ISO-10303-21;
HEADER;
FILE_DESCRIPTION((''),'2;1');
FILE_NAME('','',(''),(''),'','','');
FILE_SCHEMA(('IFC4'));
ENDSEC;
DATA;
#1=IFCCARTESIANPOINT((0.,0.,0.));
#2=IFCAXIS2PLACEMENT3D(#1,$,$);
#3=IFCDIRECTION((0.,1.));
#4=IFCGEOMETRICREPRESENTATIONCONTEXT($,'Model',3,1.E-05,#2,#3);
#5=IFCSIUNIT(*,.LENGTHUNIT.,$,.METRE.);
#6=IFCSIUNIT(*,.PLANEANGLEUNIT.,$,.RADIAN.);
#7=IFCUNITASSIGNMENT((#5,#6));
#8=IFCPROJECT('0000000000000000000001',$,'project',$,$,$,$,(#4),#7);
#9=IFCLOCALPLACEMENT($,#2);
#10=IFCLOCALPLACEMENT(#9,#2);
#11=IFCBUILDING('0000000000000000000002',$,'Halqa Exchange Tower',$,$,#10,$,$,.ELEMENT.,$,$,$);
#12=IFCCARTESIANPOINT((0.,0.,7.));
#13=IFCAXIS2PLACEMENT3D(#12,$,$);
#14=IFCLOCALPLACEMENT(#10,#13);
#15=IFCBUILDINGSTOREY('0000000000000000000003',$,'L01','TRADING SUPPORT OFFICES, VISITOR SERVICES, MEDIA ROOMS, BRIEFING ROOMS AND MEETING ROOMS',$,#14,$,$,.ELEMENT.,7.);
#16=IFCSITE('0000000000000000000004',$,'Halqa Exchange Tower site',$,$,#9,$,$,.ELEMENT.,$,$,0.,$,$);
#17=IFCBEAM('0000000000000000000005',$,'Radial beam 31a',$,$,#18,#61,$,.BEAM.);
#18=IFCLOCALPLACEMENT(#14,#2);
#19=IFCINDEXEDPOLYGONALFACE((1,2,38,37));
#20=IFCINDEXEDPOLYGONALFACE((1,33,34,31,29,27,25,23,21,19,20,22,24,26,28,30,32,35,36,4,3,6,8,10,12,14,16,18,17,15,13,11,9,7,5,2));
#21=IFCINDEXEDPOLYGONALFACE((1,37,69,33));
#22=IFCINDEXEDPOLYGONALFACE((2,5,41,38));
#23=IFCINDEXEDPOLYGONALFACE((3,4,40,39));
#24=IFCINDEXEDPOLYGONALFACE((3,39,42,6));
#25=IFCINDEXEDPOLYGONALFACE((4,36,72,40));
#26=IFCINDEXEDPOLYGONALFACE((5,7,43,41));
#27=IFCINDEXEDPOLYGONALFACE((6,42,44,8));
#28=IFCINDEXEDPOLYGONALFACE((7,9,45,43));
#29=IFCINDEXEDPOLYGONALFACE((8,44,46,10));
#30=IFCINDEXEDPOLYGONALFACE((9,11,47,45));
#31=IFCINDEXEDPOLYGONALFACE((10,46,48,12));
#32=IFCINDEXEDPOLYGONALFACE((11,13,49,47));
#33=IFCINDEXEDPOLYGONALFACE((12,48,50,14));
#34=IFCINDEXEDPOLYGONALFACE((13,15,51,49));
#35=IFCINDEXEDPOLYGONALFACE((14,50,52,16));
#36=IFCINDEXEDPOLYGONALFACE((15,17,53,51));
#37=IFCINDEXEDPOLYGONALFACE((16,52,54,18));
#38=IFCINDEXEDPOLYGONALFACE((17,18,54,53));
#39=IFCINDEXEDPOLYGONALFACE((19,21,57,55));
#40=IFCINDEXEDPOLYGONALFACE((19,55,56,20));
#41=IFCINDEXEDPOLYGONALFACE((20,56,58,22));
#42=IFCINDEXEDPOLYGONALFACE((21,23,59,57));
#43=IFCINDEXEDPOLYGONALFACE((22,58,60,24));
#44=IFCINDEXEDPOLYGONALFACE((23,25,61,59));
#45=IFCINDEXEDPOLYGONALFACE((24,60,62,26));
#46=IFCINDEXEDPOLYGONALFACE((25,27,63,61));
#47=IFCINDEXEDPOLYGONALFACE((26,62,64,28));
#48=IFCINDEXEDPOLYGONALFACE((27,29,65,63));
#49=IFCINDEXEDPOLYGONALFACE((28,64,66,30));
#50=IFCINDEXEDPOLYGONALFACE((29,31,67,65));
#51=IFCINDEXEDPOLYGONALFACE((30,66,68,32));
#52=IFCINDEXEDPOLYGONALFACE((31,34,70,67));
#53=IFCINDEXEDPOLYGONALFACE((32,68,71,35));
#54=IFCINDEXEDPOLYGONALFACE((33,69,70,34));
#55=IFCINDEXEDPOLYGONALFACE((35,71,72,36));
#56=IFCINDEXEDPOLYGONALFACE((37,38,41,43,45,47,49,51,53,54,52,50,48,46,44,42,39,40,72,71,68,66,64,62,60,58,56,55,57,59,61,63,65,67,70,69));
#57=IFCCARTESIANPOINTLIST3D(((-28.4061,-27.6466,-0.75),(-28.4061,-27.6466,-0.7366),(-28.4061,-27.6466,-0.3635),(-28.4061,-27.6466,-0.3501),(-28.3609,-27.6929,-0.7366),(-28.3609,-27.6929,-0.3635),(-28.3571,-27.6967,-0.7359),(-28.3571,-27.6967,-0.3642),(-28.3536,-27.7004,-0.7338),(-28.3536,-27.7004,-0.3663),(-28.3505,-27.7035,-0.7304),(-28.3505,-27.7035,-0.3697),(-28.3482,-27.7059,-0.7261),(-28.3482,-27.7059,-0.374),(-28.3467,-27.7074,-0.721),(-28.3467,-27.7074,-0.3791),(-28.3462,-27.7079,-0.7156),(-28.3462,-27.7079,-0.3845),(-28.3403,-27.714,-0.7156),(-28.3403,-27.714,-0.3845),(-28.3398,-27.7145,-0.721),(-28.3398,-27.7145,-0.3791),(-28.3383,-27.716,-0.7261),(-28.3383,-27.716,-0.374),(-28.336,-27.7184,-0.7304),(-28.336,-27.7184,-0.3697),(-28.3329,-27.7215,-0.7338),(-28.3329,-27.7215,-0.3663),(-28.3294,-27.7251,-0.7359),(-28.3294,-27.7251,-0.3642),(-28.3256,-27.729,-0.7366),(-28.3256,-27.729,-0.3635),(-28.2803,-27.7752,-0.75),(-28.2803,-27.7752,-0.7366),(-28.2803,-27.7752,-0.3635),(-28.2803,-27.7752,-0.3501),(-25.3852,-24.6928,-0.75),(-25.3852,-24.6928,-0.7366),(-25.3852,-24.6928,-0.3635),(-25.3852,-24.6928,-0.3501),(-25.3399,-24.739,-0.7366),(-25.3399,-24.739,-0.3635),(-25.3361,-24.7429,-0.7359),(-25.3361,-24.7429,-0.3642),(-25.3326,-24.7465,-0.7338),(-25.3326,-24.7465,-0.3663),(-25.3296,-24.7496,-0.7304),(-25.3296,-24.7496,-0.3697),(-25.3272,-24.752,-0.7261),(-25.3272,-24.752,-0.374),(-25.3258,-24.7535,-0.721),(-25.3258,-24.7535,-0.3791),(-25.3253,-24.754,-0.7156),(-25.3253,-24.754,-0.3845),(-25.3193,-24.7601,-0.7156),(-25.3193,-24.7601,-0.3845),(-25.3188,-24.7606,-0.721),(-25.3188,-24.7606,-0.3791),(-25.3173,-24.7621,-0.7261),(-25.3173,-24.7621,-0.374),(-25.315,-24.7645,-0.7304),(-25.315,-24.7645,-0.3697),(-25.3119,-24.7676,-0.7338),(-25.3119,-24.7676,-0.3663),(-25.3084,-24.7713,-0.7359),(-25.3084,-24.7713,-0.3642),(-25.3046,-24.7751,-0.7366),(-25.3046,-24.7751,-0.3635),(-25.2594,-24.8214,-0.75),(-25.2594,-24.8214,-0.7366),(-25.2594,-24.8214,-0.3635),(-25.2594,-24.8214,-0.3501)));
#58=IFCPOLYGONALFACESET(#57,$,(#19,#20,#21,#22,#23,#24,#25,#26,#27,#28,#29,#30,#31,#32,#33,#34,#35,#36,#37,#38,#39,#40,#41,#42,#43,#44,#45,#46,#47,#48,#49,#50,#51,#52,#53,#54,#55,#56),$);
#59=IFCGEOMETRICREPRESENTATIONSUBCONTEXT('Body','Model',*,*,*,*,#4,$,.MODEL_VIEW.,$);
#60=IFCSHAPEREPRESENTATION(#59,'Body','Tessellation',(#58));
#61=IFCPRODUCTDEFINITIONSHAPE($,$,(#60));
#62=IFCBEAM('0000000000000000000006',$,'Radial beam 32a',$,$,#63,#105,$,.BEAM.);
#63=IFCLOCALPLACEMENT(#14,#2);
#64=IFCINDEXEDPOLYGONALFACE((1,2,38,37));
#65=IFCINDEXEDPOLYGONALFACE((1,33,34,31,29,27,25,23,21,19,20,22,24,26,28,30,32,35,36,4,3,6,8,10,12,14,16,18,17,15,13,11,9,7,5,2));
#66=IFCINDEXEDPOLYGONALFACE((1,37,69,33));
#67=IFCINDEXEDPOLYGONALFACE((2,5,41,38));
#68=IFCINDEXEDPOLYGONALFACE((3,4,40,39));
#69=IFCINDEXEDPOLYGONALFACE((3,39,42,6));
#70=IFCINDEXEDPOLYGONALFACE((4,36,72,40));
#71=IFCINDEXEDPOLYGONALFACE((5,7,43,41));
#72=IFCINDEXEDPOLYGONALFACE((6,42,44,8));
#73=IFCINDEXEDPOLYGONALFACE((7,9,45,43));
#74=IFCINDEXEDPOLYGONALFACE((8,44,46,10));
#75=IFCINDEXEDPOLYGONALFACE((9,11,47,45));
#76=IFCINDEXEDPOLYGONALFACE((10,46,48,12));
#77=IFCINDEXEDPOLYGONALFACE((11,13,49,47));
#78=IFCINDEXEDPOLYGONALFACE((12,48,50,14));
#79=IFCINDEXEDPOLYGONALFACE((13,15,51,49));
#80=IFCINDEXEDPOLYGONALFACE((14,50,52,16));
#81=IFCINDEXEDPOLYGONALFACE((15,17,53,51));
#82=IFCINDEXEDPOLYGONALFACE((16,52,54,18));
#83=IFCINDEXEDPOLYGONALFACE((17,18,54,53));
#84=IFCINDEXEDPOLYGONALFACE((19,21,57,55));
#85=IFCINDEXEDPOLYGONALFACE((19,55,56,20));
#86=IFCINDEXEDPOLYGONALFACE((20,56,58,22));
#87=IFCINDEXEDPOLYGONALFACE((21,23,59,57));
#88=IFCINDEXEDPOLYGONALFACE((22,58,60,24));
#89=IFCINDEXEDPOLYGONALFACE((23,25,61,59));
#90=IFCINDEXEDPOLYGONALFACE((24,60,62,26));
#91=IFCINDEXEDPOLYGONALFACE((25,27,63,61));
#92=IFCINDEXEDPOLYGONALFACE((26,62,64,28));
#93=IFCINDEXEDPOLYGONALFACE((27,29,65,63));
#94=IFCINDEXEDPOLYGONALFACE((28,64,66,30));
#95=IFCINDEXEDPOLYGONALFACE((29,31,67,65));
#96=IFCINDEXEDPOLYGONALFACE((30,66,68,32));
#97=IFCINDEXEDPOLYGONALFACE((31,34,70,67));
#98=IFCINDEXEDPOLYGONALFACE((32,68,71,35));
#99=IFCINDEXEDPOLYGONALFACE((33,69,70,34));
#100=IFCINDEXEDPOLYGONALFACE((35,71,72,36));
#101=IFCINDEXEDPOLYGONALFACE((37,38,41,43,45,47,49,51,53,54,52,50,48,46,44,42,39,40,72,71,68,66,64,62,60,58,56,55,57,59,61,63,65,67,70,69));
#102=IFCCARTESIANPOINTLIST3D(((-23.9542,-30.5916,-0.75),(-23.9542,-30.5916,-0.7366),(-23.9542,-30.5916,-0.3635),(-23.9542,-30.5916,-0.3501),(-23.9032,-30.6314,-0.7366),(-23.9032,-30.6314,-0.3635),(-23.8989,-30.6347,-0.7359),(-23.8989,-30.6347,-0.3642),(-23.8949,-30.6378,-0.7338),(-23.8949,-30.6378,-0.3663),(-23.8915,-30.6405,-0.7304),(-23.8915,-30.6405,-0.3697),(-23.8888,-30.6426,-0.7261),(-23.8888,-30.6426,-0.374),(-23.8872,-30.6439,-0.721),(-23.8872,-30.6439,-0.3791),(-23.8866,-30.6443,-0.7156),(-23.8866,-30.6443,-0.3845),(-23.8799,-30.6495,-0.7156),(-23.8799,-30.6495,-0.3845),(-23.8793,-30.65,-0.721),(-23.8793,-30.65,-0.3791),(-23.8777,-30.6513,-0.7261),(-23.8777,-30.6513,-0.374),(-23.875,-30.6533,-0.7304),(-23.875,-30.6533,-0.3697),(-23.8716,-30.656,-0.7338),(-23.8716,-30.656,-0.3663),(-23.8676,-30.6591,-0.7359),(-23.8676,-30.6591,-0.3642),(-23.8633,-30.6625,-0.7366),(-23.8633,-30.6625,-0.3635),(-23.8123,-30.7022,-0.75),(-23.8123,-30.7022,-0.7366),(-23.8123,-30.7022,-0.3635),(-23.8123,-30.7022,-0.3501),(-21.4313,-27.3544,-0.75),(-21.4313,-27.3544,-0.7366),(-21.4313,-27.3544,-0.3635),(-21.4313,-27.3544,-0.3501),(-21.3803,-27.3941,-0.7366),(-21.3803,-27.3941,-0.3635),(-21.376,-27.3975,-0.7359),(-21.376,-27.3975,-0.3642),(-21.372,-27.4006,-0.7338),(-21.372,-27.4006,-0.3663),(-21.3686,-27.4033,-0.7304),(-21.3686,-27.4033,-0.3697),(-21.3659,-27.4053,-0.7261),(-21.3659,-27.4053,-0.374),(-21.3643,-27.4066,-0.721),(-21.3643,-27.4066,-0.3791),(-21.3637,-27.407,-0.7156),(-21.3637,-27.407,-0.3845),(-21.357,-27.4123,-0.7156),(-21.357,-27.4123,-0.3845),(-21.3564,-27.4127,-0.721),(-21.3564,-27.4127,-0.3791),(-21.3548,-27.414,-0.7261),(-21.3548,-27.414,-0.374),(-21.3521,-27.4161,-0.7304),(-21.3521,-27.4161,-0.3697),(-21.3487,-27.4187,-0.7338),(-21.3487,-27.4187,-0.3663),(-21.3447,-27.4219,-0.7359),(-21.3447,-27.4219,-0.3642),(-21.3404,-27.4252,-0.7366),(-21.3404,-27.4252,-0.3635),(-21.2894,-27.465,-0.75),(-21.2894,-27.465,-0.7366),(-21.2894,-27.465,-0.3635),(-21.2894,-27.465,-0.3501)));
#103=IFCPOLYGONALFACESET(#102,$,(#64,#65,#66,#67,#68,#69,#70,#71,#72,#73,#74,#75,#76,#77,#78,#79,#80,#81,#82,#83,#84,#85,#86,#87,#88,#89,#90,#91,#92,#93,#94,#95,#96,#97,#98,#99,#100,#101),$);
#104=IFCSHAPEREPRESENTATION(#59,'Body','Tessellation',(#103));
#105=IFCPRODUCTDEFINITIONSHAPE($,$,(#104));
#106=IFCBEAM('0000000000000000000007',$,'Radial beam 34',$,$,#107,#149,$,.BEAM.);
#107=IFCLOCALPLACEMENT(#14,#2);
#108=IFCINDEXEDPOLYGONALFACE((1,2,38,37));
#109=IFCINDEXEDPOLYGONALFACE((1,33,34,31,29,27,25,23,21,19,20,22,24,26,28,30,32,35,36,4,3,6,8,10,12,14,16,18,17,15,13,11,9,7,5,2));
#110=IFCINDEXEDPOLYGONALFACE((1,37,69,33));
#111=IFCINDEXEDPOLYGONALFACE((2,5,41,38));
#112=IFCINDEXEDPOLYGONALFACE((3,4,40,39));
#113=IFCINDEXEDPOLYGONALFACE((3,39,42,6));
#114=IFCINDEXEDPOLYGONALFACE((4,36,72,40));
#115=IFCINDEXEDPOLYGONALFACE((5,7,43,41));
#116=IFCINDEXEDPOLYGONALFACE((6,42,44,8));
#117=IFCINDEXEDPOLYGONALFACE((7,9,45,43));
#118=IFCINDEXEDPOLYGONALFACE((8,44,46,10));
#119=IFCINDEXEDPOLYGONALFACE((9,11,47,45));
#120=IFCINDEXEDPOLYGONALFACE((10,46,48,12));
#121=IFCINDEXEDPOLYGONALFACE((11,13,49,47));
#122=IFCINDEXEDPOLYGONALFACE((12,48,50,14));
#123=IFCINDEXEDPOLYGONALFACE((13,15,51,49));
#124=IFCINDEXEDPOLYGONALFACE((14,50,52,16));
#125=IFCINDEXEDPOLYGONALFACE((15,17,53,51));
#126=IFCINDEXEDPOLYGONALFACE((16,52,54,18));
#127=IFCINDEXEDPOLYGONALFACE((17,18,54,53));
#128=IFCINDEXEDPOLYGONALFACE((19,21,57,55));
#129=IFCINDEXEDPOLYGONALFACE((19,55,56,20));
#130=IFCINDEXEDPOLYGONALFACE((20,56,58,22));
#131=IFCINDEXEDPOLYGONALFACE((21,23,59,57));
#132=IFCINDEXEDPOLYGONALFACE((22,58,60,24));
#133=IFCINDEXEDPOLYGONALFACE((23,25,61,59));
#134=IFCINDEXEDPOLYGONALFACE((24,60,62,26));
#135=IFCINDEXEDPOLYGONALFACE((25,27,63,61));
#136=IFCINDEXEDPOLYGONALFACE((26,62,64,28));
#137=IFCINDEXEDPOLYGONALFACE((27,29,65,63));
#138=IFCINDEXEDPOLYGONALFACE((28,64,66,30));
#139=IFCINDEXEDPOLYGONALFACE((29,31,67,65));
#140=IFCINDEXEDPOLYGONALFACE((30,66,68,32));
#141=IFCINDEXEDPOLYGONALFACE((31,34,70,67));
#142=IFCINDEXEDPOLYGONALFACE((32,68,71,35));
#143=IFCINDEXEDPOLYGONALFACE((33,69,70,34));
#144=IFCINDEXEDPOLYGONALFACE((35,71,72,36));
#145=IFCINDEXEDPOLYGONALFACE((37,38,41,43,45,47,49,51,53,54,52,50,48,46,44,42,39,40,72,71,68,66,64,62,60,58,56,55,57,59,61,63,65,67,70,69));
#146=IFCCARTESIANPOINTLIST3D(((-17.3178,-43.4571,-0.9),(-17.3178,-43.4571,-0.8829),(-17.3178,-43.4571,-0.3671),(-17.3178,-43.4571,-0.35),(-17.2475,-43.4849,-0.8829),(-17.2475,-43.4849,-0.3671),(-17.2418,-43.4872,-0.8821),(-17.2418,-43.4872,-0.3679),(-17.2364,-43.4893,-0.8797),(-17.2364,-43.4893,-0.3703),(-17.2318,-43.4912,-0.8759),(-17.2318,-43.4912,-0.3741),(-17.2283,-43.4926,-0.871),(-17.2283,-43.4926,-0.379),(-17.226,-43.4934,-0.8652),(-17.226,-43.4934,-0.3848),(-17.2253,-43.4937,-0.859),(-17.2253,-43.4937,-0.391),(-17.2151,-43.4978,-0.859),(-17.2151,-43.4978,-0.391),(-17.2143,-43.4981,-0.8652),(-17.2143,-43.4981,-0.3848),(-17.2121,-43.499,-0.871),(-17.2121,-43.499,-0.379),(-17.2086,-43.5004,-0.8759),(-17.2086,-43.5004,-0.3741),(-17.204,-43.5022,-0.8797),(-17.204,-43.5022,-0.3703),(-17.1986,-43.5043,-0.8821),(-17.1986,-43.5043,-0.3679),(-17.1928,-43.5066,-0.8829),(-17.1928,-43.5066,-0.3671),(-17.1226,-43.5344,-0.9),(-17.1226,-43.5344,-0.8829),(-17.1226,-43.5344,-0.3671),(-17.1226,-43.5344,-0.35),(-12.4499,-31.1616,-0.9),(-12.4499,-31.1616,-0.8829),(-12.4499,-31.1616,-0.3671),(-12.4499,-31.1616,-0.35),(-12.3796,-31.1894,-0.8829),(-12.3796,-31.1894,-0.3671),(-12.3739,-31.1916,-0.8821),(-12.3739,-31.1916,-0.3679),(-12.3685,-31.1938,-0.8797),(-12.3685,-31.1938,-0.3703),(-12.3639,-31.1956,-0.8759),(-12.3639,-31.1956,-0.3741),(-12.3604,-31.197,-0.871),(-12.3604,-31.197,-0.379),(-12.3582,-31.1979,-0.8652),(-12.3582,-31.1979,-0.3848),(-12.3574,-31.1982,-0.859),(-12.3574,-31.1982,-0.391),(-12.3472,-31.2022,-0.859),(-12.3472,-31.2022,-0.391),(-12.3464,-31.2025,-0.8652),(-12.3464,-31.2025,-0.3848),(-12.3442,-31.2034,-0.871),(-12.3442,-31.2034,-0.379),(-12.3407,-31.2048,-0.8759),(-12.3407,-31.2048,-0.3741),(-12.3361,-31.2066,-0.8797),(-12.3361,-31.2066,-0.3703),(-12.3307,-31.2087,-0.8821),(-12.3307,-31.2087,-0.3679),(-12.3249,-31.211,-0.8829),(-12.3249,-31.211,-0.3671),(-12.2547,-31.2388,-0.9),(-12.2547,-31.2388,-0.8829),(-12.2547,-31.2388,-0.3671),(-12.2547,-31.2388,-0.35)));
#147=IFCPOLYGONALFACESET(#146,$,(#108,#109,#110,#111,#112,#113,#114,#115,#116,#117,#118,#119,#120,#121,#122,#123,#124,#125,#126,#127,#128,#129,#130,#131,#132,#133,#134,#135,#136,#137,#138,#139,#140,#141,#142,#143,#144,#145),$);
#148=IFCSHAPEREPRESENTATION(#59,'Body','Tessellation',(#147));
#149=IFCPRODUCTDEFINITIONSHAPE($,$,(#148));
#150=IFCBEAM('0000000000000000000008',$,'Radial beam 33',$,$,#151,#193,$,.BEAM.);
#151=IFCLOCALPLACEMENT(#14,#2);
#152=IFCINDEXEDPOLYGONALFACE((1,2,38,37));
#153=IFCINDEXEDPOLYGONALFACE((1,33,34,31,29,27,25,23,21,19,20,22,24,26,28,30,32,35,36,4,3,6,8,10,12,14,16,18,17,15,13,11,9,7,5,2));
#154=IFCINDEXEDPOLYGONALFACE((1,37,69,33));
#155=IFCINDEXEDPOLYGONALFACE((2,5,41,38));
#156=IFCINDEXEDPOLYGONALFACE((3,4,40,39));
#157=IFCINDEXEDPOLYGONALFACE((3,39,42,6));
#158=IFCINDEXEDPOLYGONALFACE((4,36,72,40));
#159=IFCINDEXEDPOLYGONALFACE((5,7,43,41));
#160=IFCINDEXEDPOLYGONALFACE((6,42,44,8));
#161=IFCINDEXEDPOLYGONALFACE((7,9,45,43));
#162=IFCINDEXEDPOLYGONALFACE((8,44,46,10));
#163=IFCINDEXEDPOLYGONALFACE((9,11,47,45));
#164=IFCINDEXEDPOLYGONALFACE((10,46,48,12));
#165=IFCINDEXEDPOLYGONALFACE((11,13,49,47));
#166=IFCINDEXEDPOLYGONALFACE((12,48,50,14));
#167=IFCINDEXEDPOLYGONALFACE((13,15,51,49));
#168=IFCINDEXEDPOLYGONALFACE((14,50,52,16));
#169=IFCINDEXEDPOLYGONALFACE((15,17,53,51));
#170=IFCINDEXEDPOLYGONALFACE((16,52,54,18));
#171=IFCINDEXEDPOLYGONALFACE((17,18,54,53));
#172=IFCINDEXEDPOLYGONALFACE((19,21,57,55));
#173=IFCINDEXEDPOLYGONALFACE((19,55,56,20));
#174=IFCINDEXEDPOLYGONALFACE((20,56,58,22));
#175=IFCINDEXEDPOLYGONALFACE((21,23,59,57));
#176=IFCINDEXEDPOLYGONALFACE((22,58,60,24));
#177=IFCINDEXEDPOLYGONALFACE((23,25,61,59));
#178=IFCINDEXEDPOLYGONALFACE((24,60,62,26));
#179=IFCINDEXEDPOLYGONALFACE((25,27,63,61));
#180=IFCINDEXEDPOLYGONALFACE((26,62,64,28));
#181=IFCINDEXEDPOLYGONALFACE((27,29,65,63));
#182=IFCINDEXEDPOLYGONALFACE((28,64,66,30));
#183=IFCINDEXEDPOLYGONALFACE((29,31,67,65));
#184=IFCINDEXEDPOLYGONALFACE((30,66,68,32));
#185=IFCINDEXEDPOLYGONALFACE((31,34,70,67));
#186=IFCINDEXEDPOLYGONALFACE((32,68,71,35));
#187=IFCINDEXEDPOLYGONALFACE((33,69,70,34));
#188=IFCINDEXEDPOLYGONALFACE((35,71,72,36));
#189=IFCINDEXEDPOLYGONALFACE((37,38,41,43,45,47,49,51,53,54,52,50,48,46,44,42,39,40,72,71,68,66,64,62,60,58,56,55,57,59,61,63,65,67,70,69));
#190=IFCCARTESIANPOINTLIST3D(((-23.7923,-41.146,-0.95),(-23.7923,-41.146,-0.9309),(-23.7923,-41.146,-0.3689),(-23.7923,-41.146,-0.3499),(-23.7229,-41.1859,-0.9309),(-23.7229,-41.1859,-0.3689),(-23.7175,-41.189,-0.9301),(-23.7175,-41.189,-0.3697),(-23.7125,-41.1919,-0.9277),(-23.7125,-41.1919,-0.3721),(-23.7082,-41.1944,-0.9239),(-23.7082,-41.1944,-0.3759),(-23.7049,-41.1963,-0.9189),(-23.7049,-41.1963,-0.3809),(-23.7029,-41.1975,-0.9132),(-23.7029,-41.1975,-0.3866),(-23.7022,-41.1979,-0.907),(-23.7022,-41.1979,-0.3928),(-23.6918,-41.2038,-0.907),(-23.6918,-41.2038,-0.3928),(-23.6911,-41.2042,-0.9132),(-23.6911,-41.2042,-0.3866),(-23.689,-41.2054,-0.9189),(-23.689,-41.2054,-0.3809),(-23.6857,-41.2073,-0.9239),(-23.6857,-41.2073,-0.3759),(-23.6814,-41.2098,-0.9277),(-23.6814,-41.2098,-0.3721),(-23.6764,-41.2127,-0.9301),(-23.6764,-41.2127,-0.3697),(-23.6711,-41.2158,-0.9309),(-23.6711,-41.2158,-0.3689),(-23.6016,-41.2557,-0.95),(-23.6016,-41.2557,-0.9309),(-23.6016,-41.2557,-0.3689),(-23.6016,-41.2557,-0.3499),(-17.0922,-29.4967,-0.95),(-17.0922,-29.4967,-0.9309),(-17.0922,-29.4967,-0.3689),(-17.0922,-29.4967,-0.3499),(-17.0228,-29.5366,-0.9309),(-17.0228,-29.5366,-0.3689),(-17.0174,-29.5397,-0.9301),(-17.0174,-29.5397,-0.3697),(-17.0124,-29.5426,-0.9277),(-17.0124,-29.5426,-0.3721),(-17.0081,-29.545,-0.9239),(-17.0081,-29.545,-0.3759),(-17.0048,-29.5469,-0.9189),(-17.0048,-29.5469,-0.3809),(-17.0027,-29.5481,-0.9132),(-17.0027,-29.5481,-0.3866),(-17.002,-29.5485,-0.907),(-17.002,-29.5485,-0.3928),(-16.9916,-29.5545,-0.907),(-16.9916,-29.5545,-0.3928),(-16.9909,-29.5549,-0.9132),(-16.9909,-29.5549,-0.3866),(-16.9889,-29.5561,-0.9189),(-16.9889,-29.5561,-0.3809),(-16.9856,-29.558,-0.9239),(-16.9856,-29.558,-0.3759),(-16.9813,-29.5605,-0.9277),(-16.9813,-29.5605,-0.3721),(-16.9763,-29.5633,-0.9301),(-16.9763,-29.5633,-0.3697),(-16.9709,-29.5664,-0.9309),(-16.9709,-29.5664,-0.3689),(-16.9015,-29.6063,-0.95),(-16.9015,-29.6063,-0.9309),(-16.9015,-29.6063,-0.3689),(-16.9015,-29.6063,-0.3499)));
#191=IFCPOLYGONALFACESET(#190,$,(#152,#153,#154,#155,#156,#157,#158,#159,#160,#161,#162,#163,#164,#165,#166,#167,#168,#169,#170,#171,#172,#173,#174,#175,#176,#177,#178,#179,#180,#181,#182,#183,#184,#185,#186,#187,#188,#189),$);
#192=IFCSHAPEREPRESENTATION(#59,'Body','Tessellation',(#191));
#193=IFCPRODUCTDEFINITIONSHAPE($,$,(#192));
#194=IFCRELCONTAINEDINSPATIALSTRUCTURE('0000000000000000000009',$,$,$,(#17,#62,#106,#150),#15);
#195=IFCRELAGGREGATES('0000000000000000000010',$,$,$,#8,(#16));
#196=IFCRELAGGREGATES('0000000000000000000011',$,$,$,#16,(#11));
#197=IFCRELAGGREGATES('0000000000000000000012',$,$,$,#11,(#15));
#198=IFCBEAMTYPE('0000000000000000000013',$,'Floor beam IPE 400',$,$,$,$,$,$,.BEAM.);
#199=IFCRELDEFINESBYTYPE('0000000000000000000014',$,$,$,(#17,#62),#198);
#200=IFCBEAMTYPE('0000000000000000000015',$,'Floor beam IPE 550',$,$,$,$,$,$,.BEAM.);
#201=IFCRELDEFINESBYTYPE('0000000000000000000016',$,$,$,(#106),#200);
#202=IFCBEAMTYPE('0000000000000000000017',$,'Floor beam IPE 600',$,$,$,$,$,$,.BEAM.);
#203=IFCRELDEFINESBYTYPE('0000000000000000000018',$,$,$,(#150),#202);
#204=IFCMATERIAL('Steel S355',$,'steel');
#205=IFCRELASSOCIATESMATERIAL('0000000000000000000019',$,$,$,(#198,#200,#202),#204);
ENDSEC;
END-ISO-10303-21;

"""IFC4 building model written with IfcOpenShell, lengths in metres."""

from ifc_helpers import new_model, si_unit, direction, frame, origin, origin_2d, place, context, subcontext, project, spatial, i_section, extrude, material, material_profile, profile_set, type_object, element, save


model = new_model("IFC4")

# Units and contexts
model_context = context("Model", 3, precision=1e-05, world=origin(), true_north=direction((0.0, 1.0)))
body_context = subcontext(model_context, "Body", "Model", "MODEL_VIEW")
ifc_project = project(units=[si_unit("LENGTHUNIT", "METRE"), si_unit("PLANEANGLEUNIT", "RADIAN")], contexts=[model_context])

# Site, building, storey
site_placement = place(None, origin())
site = spatial("IfcSite", under=ifc_project, at=site_placement, Name="Halqa Exchange Tower site", CompositionType="ELEMENT", RefElevation=0.0)
building_placement = place(site_placement, origin())
building = spatial("IfcBuilding", under=site, at=building_placement, Name="Halqa Exchange Tower", CompositionType="ELEMENT")
storey_placement = place(building_placement, frame((0.0, 0.0, 7.0)))
storey = spatial("IfcBuildingStorey", under=building, at=storey_placement, Name="L01", Description="TRADING SUPPORT OFFICES, VISITOR SERVICES, MEDIA ROOMS, BRIEFING ROOMS AND MEETING ROOMS", CompositionType="ELEMENT", Elevation=7.0)

# Beams
ifc_material_1 = material(Name="Steel S355", Category="steel")
ifc_material_profile_1 = material_profile(ifc_material_1, i_section(OverallWidth=0.1799, OverallDepth=0.3999, WebThickness=0.0085, FlangeThickness=0.0134, FilletRadius=0.021, at=origin_2d()), Name="IPE 400")
ifc_profile_set_1 = profile_set([ifc_material_profile_1], Name="Steel S355")
beam_type_1 = type_object("IfcBeamType", Name="Floor beam IPE 400", PredefinedType="BEAM", material=ifc_profile_set_1)
beam_1_placement = place(storey_placement, frame((-25.3223, -24.7571, -0.55), z_axis=(-0.715007, -0.699117, 0.0), x_axis=(0.699117, -0.715007, 0.0)))
element("IfcBeam", 1, at=beam_1_placement, inside=storey, type_object=beam_type_1, Name="Radial beam 31a", PredefinedType="BEAM", context=body_context, shape_type="SweptSolid", body=[
    extrude(i_section(OverallWidth=0.1799, OverallDepth=0.3999, WebThickness=0.0085, FlangeThickness=0.0134, FilletRadius=0.021, at=origin_2d()), origin(), (0.0, 0.0, 1.0), 4.2251),
])
beam_2_placement = place(storey_placement, frame((-21.3604, -27.4097, -0.55), z_axis=(-0.614706, -0.788756, 0.0), x_axis=(0.788756, -0.614706, 0.0)))
element("IfcBeam", 2, at=beam_2_placement, inside=storey, type_object=beam_type_1, Name="Radial beam 32a", PredefinedType="BEAM", context=body_context, shape_type="SweptSolid", body=[
    extrude(i_section(OverallWidth=0.1799, OverallDepth=0.3999, WebThickness=0.0085, FlangeThickness=0.0134, FilletRadius=0.021, at=origin_2d()), origin(), (0.0, 0.0, 1.0), 4.1042),
])
ifc_material_profile_2 = material_profile(ifc_material_1, i_section(OverallWidth=0.21, OverallDepth=0.55, WebThickness=0.011, FlangeThickness=0.0171, FilletRadius=0.0239, at=origin_2d()), Name="IPE 550")
ifc_profile_set_2 = profile_set([ifc_material_profile_2], Name="Steel S355")
beam_type_2 = type_object("IfcBeamType", Name="Floor beam IPE 550", PredefinedType="BEAM", material=ifc_profile_set_2)
beam_3_placement = place(storey_placement, frame((-12.3523, -31.2002, -0.625), z_axis=(-0.368107, -0.929784, 0.0), x_axis=(0.929784, -0.368107, 0.0)))
element("IfcBeam", 3, at=beam_3_placement, inside=storey, type_object=beam_type_2, Name="Radial beam 34", PredefinedType="BEAM", context=body_context, shape_type="SweptSolid", body=[
    extrude(i_section(OverallWidth=0.21, OverallDepth=0.55, WebThickness=0.011, FlangeThickness=0.0171, FilletRadius=0.0239, at=origin_2d()), origin(), (0.0, 0.0, 1.0), 13.2241),
])
ifc_material_profile_3 = material_profile(ifc_material_1, i_section(OverallWidth=0.22, OverallDepth=0.6001, WebThickness=0.012, FlangeThickness=0.019, FilletRadius=0.0239, at=origin_2d()), Name="IPE 600")
ifc_profile_set_3 = profile_set([ifc_material_profile_3], Name="Steel S355")
beam_type_3 = type_object("IfcBeamType", Name="Floor beam IPE 600", PredefinedType="BEAM", material=ifc_profile_set_3)
beam_4_placement = place(storey_placement, frame((-16.9968, -29.5515, -0.6499), z_axis=(-0.498571, -0.866849, 0.0), x_axis=(0.866849, -0.498571, 0.0)))
element("IfcBeam", 4, at=beam_4_placement, inside=storey, type_object=beam_type_3, Name="Radial beam 33", PredefinedType="BEAM", context=body_context, shape_type="SweptSolid", body=[
    extrude(i_section(OverallWidth=0.22, OverallDepth=0.6001, WebThickness=0.012, FlangeThickness=0.019, FilletRadius=0.0239, at=origin_2d()), origin(), (0.0, 0.0, 1.0), 13.4387),
])

save(model, "model.ifc")
